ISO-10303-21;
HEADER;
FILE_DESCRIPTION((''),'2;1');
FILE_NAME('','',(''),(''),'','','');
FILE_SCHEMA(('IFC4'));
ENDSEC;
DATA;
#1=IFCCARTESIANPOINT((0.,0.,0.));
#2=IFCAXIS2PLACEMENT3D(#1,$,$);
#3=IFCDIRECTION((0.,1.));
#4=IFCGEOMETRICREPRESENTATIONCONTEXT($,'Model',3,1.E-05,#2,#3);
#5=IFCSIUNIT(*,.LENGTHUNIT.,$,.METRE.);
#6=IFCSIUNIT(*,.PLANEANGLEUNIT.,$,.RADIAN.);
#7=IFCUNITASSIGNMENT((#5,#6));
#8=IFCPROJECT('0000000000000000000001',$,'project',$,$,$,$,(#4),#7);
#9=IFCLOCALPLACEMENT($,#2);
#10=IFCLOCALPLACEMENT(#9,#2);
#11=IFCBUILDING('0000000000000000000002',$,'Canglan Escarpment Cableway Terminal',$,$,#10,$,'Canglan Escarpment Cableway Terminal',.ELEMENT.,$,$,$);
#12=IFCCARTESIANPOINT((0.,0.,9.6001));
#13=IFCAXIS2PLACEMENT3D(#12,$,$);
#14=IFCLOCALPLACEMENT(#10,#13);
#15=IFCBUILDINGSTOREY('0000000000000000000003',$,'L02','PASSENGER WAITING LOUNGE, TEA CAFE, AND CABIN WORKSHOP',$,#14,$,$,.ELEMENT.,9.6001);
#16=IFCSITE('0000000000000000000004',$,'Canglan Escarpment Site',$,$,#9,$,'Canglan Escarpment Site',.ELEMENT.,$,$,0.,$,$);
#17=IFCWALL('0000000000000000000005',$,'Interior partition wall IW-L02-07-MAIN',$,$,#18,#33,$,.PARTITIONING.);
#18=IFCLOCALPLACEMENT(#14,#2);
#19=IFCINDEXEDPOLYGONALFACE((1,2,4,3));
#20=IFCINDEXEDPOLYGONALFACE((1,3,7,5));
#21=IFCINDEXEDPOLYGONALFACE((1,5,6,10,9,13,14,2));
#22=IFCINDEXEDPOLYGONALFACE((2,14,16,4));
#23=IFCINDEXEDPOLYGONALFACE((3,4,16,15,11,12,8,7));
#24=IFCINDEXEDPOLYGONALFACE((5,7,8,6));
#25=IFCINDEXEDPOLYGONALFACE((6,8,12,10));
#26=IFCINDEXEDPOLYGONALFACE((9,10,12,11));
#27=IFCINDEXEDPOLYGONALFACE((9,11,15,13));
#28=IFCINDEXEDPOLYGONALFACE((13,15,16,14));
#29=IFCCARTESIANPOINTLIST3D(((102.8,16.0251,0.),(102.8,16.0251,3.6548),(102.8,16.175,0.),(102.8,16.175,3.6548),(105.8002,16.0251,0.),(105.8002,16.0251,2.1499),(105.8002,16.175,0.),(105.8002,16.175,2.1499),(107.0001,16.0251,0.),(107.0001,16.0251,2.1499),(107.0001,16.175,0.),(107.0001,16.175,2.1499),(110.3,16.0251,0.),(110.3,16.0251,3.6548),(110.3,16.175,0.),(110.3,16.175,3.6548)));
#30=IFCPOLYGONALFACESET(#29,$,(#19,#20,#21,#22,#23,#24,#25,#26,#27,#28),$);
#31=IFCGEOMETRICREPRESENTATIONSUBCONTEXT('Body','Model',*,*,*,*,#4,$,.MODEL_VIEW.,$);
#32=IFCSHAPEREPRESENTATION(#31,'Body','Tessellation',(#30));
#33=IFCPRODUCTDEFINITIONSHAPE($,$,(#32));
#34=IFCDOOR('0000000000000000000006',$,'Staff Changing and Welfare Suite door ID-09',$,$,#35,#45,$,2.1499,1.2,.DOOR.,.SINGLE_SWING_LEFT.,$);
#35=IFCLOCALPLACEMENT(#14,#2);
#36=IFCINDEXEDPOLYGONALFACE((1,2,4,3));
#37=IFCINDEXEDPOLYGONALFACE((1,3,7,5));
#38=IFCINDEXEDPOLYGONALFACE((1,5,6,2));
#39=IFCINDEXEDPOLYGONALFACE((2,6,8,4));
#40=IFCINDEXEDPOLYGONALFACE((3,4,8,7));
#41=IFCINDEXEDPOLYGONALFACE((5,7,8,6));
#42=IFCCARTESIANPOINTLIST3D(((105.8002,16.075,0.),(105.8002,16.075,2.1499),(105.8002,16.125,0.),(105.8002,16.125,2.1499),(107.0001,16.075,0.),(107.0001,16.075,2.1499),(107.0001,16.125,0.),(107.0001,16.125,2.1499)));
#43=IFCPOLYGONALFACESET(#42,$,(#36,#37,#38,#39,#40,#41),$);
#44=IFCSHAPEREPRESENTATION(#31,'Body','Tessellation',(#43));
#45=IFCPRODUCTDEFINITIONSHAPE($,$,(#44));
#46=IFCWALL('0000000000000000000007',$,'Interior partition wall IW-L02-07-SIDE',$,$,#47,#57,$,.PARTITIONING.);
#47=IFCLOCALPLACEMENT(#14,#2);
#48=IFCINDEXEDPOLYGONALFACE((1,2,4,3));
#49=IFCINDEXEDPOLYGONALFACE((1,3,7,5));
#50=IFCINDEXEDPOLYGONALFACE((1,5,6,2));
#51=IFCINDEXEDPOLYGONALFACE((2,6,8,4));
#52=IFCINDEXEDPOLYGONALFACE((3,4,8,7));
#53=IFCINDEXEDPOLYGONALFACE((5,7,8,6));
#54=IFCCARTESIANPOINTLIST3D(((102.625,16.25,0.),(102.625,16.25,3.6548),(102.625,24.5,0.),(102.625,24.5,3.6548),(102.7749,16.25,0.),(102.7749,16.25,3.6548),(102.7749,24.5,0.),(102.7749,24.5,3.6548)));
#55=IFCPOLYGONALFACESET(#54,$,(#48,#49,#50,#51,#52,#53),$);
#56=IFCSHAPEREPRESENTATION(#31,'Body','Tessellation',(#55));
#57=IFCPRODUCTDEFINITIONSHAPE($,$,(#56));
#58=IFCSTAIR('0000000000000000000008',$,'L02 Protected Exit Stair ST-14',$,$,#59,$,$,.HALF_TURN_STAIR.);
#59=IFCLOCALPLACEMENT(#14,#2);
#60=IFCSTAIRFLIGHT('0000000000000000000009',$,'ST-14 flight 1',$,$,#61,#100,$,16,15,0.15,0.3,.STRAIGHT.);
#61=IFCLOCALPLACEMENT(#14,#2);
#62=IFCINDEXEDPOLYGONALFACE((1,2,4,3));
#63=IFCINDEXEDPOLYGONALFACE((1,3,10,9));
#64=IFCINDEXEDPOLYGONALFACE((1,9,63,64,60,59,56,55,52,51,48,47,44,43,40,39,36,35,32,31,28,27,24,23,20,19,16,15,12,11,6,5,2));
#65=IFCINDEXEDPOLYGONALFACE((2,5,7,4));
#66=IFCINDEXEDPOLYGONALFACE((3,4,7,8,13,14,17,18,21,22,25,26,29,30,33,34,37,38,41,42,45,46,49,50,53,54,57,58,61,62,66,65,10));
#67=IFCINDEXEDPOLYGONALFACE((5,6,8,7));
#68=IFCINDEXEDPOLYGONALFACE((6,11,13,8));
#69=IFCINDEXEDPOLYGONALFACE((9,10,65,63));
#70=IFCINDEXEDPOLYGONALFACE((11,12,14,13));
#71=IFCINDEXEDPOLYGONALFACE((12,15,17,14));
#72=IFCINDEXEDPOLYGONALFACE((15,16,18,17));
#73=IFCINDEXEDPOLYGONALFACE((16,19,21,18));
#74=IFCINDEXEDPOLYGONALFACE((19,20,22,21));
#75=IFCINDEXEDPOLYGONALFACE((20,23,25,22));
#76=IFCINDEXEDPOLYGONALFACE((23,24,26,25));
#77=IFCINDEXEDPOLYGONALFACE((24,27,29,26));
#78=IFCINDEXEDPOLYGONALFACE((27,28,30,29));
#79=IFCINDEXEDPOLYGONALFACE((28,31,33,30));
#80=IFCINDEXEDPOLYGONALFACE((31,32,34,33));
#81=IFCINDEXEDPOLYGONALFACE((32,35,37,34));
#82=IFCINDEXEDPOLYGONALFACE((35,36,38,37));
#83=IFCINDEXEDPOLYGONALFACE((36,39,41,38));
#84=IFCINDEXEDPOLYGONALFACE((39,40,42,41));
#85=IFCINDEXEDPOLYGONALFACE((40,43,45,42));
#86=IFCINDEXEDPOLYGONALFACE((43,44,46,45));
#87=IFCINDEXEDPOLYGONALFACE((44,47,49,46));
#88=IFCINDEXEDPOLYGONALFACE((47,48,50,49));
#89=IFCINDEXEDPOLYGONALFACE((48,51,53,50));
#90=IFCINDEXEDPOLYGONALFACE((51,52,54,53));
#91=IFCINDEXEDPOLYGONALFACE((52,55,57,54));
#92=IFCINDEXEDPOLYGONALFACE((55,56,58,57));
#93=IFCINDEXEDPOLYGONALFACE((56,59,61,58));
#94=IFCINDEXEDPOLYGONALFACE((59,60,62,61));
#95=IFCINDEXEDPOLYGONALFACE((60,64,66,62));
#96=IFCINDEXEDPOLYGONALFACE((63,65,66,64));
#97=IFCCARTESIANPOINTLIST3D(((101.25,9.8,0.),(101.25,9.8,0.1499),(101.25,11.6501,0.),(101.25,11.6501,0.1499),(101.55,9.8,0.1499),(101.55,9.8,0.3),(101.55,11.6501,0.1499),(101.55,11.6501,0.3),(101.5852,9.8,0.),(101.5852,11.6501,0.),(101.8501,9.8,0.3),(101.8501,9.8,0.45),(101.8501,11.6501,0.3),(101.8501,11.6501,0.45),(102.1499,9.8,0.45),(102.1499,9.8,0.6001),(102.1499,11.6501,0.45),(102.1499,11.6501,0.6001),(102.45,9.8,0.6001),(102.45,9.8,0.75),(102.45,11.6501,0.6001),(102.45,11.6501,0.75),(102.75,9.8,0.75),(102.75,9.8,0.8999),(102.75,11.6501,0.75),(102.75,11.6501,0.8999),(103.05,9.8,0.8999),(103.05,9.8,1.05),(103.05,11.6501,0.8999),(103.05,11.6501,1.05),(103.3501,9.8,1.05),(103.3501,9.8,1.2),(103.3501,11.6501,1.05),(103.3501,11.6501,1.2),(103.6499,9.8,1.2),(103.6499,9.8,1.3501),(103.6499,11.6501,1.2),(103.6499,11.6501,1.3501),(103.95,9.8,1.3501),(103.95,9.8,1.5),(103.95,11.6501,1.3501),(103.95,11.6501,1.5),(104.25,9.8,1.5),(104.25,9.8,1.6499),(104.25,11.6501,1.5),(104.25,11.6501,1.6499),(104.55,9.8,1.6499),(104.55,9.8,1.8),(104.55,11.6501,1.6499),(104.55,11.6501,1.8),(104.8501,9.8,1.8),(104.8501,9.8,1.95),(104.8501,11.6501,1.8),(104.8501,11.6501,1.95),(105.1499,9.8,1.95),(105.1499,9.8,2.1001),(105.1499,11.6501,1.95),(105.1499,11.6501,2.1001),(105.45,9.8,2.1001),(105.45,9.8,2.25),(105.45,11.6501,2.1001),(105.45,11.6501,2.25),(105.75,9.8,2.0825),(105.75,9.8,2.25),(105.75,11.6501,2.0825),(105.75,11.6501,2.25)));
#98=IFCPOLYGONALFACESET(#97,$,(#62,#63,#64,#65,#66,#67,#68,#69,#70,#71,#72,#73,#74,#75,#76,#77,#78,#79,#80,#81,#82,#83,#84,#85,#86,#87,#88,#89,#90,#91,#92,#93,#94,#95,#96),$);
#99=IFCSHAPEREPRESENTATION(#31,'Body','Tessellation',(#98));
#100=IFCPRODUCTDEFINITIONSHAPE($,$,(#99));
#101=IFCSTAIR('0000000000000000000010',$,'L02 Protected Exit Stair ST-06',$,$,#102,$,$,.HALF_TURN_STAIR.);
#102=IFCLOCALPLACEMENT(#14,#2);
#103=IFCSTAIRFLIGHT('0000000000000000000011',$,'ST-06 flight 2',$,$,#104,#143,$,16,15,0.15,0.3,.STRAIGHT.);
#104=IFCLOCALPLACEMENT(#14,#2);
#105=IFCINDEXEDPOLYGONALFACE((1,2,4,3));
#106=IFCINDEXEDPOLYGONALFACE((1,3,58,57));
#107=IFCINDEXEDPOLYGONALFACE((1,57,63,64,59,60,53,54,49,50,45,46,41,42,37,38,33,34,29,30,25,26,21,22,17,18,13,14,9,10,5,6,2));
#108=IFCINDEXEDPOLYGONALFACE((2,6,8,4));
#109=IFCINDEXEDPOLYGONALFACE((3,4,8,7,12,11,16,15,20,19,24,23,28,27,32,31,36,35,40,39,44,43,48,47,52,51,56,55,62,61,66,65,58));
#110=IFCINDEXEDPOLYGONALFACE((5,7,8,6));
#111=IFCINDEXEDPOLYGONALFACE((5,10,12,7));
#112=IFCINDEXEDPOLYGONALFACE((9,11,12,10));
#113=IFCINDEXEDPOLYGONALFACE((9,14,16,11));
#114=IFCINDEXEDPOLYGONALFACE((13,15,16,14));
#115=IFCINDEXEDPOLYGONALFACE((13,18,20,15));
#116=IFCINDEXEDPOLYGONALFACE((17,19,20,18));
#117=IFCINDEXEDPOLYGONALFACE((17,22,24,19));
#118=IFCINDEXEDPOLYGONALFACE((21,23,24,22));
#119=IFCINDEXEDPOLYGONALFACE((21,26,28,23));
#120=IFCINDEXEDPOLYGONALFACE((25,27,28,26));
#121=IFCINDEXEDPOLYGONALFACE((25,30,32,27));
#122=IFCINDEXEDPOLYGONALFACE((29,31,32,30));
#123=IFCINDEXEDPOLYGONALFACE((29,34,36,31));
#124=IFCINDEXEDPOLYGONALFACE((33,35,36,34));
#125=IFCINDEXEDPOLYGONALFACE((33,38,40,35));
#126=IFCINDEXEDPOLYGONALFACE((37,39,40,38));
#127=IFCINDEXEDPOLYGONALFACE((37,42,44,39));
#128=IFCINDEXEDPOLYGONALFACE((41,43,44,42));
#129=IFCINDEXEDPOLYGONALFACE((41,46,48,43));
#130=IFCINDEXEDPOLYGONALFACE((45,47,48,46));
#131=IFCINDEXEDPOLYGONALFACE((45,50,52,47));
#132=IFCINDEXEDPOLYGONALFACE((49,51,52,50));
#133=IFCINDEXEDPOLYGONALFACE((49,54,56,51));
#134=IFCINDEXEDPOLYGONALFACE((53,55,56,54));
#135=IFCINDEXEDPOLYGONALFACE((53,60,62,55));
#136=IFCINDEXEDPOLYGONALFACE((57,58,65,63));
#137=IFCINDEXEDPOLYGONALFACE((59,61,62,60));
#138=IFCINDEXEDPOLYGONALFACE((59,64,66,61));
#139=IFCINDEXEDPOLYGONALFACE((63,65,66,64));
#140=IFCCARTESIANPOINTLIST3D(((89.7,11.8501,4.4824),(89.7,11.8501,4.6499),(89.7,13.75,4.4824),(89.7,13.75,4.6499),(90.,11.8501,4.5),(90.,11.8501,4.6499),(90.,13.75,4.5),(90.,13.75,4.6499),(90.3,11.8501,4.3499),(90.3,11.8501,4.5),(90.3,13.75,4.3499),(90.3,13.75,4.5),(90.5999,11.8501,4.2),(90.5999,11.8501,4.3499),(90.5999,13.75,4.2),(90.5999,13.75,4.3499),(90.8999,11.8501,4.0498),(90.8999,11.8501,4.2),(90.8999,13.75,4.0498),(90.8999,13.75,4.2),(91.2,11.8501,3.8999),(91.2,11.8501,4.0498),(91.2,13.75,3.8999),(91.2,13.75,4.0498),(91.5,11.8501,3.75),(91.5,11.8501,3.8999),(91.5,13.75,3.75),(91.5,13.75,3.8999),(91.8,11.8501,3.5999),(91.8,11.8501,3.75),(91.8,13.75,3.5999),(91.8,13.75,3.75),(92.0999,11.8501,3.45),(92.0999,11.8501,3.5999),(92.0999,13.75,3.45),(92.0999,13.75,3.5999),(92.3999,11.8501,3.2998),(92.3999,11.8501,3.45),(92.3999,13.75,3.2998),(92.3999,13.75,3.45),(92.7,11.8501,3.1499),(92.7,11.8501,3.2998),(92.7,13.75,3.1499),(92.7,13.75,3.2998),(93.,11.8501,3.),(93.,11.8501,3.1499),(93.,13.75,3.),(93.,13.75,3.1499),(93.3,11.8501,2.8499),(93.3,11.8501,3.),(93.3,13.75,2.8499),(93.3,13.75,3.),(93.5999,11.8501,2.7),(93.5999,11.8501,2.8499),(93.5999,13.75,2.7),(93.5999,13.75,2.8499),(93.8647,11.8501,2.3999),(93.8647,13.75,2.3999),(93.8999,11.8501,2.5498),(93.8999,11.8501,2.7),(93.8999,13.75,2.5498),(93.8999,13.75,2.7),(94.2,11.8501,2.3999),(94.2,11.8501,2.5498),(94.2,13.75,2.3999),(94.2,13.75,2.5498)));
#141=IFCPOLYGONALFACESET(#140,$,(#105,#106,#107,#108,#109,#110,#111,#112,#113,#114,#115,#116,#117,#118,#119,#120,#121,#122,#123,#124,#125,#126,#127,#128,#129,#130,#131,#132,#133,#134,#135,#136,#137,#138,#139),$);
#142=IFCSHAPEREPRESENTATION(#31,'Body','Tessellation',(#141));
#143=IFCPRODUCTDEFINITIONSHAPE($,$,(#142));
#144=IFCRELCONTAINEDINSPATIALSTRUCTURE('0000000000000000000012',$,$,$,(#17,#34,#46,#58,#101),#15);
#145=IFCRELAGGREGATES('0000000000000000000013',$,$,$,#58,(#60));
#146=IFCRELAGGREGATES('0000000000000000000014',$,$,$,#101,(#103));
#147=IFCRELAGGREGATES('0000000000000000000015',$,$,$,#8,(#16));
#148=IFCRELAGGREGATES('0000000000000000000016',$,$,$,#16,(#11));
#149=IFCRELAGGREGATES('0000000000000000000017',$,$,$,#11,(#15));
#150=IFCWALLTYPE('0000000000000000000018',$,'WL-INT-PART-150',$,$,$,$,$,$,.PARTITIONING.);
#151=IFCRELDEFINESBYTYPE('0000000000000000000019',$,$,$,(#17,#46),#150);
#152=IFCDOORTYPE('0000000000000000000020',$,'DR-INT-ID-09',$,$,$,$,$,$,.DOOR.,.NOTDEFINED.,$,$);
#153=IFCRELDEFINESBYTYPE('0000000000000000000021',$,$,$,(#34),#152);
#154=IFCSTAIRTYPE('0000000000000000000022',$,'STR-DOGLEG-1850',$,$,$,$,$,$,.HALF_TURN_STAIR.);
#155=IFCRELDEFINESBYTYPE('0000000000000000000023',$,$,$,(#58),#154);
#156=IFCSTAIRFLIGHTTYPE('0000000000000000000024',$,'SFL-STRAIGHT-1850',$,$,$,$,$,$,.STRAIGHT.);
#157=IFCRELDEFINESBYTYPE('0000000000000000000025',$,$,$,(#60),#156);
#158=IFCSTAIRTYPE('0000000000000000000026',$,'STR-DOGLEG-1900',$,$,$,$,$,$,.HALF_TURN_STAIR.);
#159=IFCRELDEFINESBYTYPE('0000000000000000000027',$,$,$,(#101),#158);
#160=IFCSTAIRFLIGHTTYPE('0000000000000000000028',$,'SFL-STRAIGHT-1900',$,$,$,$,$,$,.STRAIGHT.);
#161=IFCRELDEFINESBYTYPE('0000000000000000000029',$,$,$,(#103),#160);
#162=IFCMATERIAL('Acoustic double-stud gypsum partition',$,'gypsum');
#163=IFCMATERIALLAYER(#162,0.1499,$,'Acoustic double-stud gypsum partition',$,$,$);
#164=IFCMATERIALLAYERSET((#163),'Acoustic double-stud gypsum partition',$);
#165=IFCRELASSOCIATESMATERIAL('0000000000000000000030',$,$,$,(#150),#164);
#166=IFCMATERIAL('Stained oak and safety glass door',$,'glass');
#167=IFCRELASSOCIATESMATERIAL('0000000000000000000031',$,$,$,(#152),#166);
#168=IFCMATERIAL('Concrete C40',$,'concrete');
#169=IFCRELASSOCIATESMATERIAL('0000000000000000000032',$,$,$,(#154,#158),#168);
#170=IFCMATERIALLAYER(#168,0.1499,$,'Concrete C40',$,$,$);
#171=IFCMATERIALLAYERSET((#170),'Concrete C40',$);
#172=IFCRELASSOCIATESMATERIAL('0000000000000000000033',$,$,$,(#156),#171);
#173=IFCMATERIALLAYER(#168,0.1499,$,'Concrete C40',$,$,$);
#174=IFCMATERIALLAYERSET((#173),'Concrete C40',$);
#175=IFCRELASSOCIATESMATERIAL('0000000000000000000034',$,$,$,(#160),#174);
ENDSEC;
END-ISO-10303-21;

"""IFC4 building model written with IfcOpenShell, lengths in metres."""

from ifc_helpers import new_model, si_unit, direction, frame, frame_2d, origin, place, context, subcontext, project, spatial, polyline, rectangle, outline, extrude, material, layer, layer_set, type_object, element, fill, aggregate, save


model = new_model("IFC4")

# Units and contexts
model_context = context("Model", 3, precision=1e-05, world=origin(), true_north=direction((0.0, 1.0)))
body_context = subcontext(model_context, "Body", "Model", "MODEL_VIEW")
ifc_project = project(units=[si_unit("LENGTHUNIT", "METRE"), si_unit("PLANEANGLEUNIT", "RADIAN")], contexts=[model_context])

# Site, building, storey
site_placement = place(None, origin())
site = spatial("IfcSite", under=ifc_project, at=site_placement, Name="Canglan Escarpment Site", LongName="Canglan Escarpment Site", CompositionType="ELEMENT", RefElevation=0.0)
building_placement = place(site_placement, origin())
building = spatial("IfcBuilding", under=site, at=building_placement, Name="Canglan Escarpment Cableway Terminal", LongName="Canglan Escarpment Cableway Terminal", CompositionType="ELEMENT")
storey_placement = place(building_placement, frame((0.0, 0.0, 9.6001)))
storey = spatial("IfcBuildingStorey", under=building, at=storey_placement, Name="L02", Description="PASSENGER WAITING LOUNGE, TEA CAFE, AND CABIN WORKSHOP", CompositionType="ELEMENT", Elevation=9.6001)

# Shared definitions
ifc_material_1 = material(Name="Concrete C40", Category="concrete")

# Wall, opening, door
ifc_material_2 = material(Name="Acoustic double-stud gypsum partition", Category="gypsum")
ifc_layer_1 = layer(ifc_material_2, 0.1499, Name="Acoustic double-stud gypsum partition")
ifc_layer_set_1 = layer_set([ifc_layer_1], Name="Acoustic double-stud gypsum partition")
wall_type_1 = type_object("IfcWallType", Name="WL-INT-PART-150", PredefinedType="PARTITIONING", material=ifc_layer_set_1)
wall_1_placement = place(storey_placement, frame((102.8, 16.1001, 0.0), z_axis=(0.0, 0.0, 1.0), x_axis=(1.0, 0.0, 0.0)))
wall_1 = element("IfcWall", 1, at=wall_1_placement, inside=storey, type_object=wall_type_1, Name="Interior partition wall IW-L02-07-MAIN", PredefinedType="PARTITIONING", context=body_context, shape_type="SweptSolid", body=[
    extrude(rectangle(XDim=7.5, YDim=0.1499, at=frame_2d((3.75, 0.0))), origin(), (0.0, 0.0, 1.0), 3.6548),
])
opening_1_placement = place(wall_1_placement, frame((3.0, 0.0, 0.0)))
opening_1 = element("IfcOpeningElement", 2, at=opening_1_placement, cuts=wall_1, PredefinedType="OPENING", context=body_context, shape_type="SweptSolid", body=[
    extrude(rectangle(XDim=1.2, YDim=2.1499, at=frame_2d((0.6001, 1.075))), frame((0.0, 0.085, 0.0), z_axis=(0.0, -1.0, 0.0), x_axis=(1.0, 0.0, 0.0)), (0.0, 0.0, 1.0), 0.1699),
])
ifc_material_3 = material(Name="Stained oak and safety glass door", Category="glass")
door_type_1 = type_object("IfcDoorType", Name="DR-INT-ID-09", OperationType="NOTDEFINED", PredefinedType="DOOR", material=ifc_material_3)
door_1_placement = place(opening_1_placement, origin())
door_1 = element("IfcDoor", 3, at=door_1_placement, inside=storey, type_object=door_type_1, Name="Staff Changing and Welfare Suite door ID-09", OperationType="SINGLE_SWING_LEFT", OverallHeight=2.1499, OverallWidth=1.2, PredefinedType="DOOR", context=body_context, shape_type="SweptSolid", body=[
    extrude(rectangle(XDim=1.2, YDim=2.1499, at=frame_2d((0.6001, 1.075))), frame((0.0, 0.0249, 0.0), z_axis=(0.0, -1.0, 0.0), x_axis=(1.0, 0.0, 0.0)), (0.0, 0.0, 1.0), 0.05),
])
fill(opening_1, door_1)

# Wall
wall_2_placement = place(storey_placement, frame((102.7, 16.25, 0.0), z_axis=(0.0, 0.0, 1.0), x_axis=(0.0, 1.0, 0.0)))
element("IfcWall", 4, at=wall_2_placement, inside=storey, type_object=wall_type_1, Name="Interior partition wall IW-L02-07-SIDE", PredefinedType="PARTITIONING", context=body_context, shape_type="SweptSolid", body=[
    extrude(rectangle(XDim=8.25, YDim=0.1499, at=frame_2d((4.125, 0.0))), origin(), (0.0, 0.0, 1.0), 3.6548),
])

# Stairs, stair flights
stair_type_1 = type_object("IfcStairType", Name="STR-DOGLEG-1850", PredefinedType="HALF_TURN_STAIR", material=ifc_material_1)
stair_1_placement = place(storey_placement, origin())
stair_1 = element("IfcStair", 5, at=stair_1_placement, inside=storey, type_object=stair_type_1, Name="L02 Protected Exit Stair ST-14", PredefinedType="HALF_TURN_STAIR")
ifc_layer_2 = layer(ifc_material_1, 0.1499, Name="Concrete C40")
ifc_layer_set_2 = layer_set([ifc_layer_2], Name="Concrete C40")
stair_flight_type_1 = type_object("IfcStairFlightType", Name="SFL-STRAIGHT-1850", PredefinedType="STRAIGHT", material=ifc_layer_set_2)
stair_flight_1_placement = place(storey_placement, frame((101.25, 10.7251, 0.0), z_axis=(0.0, 0.0, 1.0), x_axis=(1.0, 0.0, 0.0)))
stair_flight_1 = element("IfcStairFlight", 6, at=stair_flight_1_placement, type_object=stair_flight_type_1, Name="ST-14 flight 1", NumberOfRisers=16, NumberOfTreads=15, PredefinedType="STRAIGHT", RiserHeight=0.15, TreadLength=0.3, context=body_context, shape_type="SweptSolid", body=[
    extrude(outline(polyline([(0.0, 0.0), (0.0, 0.1499), (0.3, 0.1499), (0.3, 0.3), (0.6001, 0.3), (0.6001, 0.45), (0.8999, 0.45), (0.8999, 0.6001), (1.2, 0.6001), (1.2, 0.75), (1.5, 0.75), (1.5, 0.8999), (1.8, 0.8999), (1.8, 1.05), (2.1001, 1.05), (2.1001, 1.2), (2.3999, 1.2), (2.3999, 1.3501), (2.7, 1.3501), (2.7, 1.5), (3.0, 1.5), (3.0, 1.6499), (3.3, 1.6499), (3.3, 1.8), (3.6001, 1.8), (3.6001, 1.95), (3.8999, 1.95), (3.8999, 2.1001), (4.2, 2.1001), (4.2, 2.25), (4.5, 2.25), (4.5, 2.3999), (4.5, 2.0825), (0.3352, 0.0), (0.0, 0.0)])), frame((0.0, 0.925, 0.0), z_axis=(0.0, -1.0, 0.0), x_axis=(1.0, 0.0, 0.0)), (0.0, 0.0, 1.0), 1.8501),
])
aggregate(stair_1, [stair_flight_1])
stair_type_2 = type_object("IfcStairType", Name="STR-DOGLEG-1900", PredefinedType="HALF_TURN_STAIR", material=ifc_material_1)
stair_2_placement = place(storey_placement, origin())
stair_2 = element("IfcStair", 7, at=stair_2_placement, inside=storey, type_object=stair_type_2, Name="L02 Protected Exit Stair ST-06", PredefinedType="HALF_TURN_STAIR")
ifc_layer_3 = layer(ifc_material_1, 0.1499, Name="Concrete C40")
ifc_layer_set_3 = layer_set([ifc_layer_3], Name="Concrete C40")
stair_flight_type_2 = type_object("IfcStairFlightType", Name="SFL-STRAIGHT-1900", PredefinedType="STRAIGHT", material=ifc_layer_set_3)
stair_flight_2_placement = place(storey_placement, frame((94.2, 12.8, 2.3999), z_axis=(0.0, 0.0, 1.0), x_axis=(-1.0, 0.0, 0.0)))
stair_flight_2 = element("IfcStairFlight", 8, at=stair_flight_2_placement, type_object=stair_flight_type_2, Name="ST-06 flight 2", NumberOfRisers=16, NumberOfTreads=15, PredefinedType="STRAIGHT", RiserHeight=0.15, TreadLength=0.3, context=body_context, shape_type="SweptSolid", body=[
    extrude(outline(polyline([(0.0, 0.0), (0.0, 0.1499), (0.3, 0.1499), (0.3, 0.3), (0.6001, 0.3), (0.6001, 0.45), (0.8999, 0.45), (0.8999, 0.6001), (1.2, 0.6001), (1.2, 0.75), (1.5, 0.75), (1.5, 0.8999), (1.8, 0.8999), (1.8, 1.05), (2.1001, 1.05), (2.1001, 1.2), (2.3999, 1.2), (2.3999, 1.3501), (2.7, 1.3501), (2.7, 1.5), (3.0, 1.5), (3.0, 1.6499), (3.3, 1.6499), (3.3, 1.8), (3.6001, 1.8), (3.6001, 1.95), (3.8999, 1.95), (3.8999, 2.1001), (4.2, 2.1001), (4.2, 2.25), (4.5, 2.25), (4.5, 2.3999), (4.5, 2.0825), (0.3352, 0.0), (0.0, 0.0)])), frame((0.0, 0.95, 0.0), z_axis=(0.0, -1.0, 0.0), x_axis=(1.0, 0.0, 0.0)), (0.0, 0.0, 1.0), 1.8999),
])
aggregate(stair_2, [stair_flight_2])

save(model, "model.ifc")
